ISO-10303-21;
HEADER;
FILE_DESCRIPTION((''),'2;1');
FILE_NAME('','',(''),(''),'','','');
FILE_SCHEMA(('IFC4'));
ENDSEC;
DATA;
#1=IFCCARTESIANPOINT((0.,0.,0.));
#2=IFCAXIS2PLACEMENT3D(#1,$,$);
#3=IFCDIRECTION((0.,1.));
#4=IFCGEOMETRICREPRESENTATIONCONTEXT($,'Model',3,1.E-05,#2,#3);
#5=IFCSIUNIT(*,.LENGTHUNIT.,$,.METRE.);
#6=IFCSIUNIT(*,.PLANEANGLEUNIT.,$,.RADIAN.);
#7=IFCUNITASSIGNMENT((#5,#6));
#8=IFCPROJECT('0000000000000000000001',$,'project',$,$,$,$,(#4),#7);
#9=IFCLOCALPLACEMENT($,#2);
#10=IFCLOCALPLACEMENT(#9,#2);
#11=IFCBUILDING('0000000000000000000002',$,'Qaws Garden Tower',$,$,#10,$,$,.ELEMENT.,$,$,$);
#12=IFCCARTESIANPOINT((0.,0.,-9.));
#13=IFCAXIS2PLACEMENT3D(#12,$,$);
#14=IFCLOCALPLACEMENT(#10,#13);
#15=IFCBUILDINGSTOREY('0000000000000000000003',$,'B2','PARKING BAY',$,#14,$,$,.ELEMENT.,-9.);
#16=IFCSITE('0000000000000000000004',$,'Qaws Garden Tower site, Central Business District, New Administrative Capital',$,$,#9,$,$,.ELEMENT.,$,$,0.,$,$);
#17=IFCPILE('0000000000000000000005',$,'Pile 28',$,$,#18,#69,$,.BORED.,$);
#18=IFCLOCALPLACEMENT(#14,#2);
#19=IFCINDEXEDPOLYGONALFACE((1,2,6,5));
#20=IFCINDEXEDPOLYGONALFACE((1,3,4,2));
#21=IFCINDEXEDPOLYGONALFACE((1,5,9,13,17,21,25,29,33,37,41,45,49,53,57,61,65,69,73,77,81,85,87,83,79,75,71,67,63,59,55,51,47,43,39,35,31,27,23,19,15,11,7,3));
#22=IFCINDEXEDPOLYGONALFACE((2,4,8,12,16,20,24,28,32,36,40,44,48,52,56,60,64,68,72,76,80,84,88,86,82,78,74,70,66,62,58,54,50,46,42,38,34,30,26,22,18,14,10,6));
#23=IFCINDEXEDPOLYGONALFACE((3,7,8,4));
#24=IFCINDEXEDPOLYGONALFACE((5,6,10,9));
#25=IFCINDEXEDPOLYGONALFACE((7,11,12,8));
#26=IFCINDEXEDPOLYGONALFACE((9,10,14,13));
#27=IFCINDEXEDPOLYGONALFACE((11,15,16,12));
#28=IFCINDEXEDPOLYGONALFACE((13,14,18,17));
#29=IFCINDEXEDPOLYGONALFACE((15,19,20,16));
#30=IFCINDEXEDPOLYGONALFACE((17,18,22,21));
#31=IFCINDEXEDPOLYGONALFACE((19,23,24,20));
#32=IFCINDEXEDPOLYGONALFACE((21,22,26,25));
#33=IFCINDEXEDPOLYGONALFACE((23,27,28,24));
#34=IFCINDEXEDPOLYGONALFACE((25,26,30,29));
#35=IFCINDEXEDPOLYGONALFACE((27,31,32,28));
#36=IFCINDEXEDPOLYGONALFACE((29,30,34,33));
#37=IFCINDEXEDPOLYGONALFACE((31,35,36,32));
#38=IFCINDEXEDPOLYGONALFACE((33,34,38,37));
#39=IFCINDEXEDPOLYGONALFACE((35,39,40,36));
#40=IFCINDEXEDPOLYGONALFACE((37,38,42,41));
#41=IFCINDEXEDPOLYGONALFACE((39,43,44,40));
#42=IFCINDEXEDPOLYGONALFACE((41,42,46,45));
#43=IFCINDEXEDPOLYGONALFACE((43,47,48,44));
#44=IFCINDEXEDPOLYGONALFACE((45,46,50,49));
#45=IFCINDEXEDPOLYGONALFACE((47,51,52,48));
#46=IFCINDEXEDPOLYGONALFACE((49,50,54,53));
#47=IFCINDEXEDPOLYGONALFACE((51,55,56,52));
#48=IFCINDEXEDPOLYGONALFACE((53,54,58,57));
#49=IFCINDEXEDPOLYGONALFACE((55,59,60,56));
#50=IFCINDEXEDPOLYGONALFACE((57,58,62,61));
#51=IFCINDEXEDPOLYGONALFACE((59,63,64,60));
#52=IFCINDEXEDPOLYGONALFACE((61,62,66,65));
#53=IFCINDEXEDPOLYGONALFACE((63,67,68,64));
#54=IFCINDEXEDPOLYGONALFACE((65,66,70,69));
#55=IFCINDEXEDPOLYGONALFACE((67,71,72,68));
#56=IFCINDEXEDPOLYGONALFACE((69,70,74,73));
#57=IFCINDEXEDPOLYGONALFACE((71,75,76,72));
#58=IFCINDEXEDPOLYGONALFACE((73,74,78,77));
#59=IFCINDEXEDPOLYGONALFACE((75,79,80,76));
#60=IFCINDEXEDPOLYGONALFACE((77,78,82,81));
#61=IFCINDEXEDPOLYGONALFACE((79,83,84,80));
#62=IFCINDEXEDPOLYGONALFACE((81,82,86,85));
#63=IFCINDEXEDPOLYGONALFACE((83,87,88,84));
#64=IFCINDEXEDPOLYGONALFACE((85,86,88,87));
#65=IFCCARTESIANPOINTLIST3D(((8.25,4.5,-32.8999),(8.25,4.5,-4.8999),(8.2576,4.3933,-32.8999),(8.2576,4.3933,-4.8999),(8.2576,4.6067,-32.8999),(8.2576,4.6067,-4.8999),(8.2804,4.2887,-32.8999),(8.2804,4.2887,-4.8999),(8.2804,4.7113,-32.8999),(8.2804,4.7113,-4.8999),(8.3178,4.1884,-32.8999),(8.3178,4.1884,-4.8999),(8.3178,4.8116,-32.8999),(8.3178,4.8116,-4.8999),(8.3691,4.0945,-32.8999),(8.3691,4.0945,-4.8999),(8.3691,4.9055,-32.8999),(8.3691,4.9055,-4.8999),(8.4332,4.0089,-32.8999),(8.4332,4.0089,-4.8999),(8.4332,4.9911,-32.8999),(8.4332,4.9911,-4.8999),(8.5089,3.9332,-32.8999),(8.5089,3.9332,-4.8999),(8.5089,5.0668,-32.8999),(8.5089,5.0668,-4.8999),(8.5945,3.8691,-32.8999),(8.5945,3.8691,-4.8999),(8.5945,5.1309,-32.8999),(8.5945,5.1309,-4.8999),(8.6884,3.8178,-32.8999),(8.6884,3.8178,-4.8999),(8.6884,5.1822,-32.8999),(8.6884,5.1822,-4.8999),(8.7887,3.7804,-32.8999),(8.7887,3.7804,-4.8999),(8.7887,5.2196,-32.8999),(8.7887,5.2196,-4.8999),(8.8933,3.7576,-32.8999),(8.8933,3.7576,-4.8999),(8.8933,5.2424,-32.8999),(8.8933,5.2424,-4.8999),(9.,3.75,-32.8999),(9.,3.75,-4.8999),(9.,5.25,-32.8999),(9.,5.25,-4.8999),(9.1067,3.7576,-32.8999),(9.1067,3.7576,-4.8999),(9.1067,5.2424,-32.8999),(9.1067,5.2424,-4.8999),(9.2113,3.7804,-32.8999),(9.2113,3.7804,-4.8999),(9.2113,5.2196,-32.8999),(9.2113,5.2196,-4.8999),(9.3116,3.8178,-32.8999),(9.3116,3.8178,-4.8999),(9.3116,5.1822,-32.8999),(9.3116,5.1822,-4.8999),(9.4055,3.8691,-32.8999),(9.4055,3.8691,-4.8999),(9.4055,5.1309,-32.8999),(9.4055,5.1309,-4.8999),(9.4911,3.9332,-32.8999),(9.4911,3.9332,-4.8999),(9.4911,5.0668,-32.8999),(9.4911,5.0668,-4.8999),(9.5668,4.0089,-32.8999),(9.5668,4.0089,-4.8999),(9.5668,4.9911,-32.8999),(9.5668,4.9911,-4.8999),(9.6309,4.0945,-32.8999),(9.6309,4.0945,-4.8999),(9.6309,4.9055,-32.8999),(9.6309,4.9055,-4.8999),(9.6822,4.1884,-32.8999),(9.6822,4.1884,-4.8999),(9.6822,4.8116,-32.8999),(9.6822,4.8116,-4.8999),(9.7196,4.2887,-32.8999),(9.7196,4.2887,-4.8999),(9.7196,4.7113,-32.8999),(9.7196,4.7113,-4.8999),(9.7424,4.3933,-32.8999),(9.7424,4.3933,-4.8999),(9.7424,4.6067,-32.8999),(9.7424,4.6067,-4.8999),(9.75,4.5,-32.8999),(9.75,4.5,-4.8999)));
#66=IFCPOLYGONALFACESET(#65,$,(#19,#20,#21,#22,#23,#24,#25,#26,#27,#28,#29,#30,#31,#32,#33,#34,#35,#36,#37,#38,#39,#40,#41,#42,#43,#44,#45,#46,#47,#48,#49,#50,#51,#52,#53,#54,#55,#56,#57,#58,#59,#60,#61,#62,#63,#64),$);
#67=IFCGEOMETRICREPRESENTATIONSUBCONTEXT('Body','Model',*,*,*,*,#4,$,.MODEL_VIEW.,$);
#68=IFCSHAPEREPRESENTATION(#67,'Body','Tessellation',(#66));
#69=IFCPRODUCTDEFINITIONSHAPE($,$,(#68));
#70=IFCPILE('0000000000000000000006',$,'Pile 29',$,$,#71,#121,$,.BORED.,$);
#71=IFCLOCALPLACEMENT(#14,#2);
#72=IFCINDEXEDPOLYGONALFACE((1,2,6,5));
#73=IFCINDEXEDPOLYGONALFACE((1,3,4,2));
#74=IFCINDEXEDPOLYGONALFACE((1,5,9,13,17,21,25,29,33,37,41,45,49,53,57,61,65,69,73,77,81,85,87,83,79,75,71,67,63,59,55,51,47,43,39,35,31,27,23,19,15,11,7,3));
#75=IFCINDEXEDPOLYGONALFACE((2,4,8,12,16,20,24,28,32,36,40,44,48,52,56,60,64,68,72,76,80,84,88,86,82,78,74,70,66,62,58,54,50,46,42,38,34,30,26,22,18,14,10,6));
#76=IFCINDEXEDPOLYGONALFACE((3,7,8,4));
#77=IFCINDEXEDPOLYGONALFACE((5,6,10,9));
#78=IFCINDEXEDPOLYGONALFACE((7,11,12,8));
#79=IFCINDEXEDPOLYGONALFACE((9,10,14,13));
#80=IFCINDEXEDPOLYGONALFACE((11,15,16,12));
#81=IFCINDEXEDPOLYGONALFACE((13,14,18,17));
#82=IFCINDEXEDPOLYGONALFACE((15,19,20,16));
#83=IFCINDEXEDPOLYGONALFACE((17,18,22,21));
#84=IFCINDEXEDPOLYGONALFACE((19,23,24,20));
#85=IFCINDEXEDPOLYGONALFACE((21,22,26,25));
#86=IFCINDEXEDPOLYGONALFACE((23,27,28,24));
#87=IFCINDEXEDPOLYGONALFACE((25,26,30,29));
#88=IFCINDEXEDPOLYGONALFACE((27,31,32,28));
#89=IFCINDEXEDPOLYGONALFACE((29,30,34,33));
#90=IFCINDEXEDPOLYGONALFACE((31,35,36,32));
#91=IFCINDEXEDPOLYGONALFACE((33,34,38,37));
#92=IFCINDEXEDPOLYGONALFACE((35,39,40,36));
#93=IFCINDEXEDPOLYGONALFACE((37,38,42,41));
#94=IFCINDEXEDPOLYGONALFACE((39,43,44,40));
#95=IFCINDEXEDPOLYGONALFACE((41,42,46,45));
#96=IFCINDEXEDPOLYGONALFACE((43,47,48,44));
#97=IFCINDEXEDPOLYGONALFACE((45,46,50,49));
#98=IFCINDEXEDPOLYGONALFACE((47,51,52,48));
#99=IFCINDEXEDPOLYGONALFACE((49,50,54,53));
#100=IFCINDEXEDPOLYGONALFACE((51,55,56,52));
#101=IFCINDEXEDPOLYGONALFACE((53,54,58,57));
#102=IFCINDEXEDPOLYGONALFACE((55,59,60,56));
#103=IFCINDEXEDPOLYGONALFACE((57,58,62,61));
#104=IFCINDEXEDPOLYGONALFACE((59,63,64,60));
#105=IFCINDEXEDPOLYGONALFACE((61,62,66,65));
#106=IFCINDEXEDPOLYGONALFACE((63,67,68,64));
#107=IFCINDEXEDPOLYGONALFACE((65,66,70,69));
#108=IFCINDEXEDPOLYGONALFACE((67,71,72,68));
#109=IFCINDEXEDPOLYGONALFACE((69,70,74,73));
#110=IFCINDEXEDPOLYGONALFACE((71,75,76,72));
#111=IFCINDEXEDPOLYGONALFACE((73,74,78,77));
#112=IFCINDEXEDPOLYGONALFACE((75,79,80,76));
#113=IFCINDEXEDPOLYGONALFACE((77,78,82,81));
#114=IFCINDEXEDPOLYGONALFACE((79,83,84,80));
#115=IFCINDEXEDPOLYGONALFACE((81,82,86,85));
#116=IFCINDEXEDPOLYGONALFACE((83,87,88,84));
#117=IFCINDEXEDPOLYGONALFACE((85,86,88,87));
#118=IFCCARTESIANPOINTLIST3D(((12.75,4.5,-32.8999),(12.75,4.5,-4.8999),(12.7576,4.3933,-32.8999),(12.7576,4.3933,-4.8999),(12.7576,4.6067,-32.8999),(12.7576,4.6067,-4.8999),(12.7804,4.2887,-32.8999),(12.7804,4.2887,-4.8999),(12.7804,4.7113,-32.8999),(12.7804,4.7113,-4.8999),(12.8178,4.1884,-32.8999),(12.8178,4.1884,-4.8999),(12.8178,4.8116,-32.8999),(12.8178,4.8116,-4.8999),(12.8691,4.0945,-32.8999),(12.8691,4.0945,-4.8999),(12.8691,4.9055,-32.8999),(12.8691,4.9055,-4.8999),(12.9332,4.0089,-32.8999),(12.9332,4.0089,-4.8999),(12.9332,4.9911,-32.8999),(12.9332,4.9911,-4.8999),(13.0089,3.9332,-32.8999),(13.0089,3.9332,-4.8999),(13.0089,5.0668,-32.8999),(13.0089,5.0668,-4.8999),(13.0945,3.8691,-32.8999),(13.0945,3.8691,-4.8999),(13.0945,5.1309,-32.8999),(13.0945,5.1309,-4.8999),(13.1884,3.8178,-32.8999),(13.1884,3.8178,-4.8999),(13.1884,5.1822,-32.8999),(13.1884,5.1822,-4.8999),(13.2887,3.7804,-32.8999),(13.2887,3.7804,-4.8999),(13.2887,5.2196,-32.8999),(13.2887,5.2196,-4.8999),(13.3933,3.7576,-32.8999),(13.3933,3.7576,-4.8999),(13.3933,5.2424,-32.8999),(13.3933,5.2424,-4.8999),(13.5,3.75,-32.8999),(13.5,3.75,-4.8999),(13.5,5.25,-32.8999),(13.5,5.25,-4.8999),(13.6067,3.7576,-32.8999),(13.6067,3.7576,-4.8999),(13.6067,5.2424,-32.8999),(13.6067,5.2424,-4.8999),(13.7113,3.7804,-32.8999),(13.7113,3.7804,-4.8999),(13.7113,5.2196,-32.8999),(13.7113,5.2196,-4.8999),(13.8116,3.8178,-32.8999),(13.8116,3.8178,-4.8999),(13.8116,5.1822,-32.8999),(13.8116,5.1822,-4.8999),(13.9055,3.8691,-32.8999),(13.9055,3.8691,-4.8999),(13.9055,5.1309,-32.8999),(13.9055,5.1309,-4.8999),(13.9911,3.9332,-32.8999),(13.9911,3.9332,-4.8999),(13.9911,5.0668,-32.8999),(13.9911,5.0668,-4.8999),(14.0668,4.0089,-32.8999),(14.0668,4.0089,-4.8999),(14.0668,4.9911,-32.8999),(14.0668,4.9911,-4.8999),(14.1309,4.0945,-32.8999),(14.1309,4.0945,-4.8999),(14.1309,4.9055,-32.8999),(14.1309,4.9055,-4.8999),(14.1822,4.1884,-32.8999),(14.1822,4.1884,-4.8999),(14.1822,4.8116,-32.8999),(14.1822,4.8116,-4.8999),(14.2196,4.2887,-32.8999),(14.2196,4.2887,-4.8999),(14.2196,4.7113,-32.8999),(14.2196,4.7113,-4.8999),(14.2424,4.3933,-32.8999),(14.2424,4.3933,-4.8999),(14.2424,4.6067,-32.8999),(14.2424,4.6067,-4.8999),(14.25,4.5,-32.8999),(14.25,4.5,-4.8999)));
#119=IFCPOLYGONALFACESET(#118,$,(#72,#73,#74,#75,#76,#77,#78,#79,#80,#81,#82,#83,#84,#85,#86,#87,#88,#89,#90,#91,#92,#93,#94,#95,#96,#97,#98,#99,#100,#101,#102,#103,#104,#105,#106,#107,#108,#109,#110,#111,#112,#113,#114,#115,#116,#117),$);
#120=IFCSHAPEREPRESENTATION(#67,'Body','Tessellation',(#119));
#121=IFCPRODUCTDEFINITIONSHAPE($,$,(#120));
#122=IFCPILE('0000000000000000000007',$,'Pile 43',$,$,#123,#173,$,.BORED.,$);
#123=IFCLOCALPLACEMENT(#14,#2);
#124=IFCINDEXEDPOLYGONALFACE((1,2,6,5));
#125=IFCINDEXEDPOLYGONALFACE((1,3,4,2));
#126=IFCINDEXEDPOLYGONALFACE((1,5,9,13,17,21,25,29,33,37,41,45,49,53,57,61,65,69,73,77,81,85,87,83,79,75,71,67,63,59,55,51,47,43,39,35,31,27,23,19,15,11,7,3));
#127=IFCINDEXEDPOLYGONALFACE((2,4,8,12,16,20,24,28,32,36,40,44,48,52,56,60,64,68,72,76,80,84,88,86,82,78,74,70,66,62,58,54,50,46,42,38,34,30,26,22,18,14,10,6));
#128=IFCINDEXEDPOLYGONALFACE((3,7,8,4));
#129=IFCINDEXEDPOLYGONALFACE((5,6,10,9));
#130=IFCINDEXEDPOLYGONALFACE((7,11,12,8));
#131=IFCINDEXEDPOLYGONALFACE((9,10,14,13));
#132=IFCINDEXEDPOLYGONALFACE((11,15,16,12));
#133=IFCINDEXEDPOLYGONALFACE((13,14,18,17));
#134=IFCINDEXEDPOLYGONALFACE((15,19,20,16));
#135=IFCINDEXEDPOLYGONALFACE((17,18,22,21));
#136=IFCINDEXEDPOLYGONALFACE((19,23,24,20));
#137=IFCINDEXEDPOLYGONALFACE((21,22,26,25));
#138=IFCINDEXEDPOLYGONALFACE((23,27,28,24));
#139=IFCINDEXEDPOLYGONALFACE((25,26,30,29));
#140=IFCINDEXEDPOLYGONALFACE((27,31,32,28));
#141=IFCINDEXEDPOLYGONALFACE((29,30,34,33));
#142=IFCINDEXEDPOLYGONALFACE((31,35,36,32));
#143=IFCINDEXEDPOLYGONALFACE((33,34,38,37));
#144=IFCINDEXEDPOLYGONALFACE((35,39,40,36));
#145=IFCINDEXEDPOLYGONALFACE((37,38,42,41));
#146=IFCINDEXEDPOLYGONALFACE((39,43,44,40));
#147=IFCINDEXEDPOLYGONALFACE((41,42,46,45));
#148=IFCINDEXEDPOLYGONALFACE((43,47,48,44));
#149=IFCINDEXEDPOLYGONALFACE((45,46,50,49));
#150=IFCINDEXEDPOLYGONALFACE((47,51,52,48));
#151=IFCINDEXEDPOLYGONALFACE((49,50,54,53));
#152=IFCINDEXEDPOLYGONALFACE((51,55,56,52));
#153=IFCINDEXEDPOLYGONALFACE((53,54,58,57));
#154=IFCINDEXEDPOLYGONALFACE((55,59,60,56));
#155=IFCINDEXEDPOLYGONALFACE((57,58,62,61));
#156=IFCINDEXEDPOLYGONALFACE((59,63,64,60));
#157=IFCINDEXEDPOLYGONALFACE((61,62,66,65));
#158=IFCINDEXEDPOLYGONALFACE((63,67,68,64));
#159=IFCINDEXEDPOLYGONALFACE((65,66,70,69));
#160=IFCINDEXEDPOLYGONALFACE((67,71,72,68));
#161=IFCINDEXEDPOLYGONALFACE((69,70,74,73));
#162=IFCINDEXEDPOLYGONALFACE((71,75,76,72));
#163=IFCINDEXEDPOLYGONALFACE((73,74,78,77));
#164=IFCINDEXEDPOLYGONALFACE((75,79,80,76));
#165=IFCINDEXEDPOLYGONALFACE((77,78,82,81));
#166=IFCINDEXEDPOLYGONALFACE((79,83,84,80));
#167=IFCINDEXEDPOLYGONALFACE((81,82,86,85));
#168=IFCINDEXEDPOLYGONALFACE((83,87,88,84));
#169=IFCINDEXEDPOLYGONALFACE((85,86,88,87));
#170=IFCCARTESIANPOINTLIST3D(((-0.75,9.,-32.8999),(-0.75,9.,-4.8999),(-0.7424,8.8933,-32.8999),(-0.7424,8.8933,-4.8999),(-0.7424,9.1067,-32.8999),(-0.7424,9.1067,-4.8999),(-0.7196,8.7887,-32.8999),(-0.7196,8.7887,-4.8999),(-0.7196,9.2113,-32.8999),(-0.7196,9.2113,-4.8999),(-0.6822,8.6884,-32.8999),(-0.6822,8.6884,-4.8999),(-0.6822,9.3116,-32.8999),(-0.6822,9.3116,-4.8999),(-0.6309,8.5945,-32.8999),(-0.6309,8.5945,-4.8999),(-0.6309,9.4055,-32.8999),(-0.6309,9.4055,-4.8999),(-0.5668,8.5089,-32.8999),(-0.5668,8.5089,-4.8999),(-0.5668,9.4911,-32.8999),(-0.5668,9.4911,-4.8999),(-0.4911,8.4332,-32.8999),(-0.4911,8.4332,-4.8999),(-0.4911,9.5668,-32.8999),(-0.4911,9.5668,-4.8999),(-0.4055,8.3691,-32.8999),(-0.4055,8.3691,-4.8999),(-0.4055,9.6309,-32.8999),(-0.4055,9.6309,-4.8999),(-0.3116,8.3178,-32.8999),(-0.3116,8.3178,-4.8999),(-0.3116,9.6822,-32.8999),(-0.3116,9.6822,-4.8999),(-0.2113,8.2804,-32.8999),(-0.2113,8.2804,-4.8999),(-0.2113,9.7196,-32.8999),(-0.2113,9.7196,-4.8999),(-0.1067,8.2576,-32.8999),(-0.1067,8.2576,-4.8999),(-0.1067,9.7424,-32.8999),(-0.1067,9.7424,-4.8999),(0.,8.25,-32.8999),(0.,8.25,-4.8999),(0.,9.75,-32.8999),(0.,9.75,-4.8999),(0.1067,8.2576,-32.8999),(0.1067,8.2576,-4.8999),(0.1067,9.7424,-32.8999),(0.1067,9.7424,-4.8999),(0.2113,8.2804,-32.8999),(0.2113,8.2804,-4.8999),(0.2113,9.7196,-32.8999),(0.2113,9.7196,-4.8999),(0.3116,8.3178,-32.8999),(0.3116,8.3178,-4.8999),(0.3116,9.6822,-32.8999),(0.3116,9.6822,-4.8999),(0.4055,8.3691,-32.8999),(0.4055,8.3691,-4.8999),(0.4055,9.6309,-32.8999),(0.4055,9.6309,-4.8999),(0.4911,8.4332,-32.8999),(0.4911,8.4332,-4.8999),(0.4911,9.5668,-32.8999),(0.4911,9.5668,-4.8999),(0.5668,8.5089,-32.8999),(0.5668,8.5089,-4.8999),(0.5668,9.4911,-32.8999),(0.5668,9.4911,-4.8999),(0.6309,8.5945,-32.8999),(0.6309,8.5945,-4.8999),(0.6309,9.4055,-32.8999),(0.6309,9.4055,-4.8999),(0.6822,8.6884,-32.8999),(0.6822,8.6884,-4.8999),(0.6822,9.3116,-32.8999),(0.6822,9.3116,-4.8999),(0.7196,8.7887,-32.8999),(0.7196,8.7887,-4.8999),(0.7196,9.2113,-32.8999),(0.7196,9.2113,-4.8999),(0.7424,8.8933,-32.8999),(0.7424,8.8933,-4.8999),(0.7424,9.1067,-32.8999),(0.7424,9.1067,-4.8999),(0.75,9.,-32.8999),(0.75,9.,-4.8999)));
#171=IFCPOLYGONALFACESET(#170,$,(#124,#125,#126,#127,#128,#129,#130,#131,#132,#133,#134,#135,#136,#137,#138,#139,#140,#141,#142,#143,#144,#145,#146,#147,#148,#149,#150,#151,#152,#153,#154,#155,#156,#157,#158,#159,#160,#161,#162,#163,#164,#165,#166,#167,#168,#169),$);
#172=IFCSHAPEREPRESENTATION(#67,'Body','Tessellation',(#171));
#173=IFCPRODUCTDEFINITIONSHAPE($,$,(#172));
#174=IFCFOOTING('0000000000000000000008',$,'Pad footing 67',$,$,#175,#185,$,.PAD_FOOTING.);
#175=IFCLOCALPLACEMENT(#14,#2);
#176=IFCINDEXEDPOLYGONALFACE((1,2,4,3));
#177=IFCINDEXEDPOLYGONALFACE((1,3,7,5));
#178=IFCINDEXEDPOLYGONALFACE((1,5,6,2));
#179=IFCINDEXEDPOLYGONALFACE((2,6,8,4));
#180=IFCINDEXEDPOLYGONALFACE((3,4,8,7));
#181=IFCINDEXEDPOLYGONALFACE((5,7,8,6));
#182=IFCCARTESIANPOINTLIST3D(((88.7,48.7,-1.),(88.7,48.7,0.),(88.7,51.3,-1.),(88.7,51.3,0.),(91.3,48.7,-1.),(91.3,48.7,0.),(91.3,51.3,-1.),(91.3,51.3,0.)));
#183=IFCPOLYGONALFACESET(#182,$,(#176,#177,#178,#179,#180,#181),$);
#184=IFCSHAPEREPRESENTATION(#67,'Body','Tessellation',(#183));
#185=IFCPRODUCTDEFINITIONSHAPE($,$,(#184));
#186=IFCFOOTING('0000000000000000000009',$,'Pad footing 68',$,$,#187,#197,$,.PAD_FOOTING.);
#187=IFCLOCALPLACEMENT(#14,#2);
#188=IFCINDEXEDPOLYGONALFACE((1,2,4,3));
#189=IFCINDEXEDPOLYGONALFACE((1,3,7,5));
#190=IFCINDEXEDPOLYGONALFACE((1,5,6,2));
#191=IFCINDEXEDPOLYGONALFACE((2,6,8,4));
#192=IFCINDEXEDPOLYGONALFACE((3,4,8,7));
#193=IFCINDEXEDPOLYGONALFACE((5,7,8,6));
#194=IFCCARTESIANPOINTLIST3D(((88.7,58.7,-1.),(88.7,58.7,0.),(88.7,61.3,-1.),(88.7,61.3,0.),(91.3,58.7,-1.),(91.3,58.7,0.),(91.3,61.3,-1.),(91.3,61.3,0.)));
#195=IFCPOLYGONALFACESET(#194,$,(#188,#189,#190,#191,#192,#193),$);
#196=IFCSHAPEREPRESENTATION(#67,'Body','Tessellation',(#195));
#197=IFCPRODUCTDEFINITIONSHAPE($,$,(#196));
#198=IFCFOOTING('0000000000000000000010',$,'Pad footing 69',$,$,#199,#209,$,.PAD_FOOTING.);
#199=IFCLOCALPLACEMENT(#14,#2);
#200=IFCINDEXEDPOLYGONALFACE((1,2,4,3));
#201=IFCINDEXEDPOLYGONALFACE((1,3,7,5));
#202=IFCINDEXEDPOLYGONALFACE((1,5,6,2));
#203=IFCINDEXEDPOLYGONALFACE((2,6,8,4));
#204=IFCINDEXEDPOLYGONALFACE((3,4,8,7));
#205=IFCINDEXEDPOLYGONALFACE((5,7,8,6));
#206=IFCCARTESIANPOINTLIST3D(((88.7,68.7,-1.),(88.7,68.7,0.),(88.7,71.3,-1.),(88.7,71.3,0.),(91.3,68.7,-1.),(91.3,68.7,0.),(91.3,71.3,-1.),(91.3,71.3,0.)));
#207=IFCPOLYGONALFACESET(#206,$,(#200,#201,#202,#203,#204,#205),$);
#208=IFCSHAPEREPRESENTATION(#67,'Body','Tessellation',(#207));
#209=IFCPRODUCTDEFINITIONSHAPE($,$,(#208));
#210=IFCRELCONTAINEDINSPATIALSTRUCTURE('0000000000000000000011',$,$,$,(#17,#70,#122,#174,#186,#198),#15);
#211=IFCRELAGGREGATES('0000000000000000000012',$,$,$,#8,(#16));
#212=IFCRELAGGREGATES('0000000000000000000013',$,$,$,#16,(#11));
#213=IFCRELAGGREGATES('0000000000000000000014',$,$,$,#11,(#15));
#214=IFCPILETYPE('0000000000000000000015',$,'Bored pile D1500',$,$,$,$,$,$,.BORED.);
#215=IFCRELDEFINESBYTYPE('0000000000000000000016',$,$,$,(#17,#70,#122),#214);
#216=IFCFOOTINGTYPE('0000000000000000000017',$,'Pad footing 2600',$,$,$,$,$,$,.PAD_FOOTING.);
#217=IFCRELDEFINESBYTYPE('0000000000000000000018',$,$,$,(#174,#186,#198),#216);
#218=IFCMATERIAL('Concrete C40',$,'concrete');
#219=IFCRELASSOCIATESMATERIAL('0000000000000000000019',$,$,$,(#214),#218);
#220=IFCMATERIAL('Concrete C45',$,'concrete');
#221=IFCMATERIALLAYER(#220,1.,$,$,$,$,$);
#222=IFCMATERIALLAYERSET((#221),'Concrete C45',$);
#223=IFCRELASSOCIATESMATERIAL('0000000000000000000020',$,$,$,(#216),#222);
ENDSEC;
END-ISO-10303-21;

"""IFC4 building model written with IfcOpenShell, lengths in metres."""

from ifc_helpers import new_model, si_unit, direction, frame, origin, origin_2d, place, context, subcontext, project, spatial, polyline, circle, outline, extrude, material, layer, layer_set, material_profile, profile_set, type_object, element, save


model = new_model("IFC4")

# Units and contexts
model_context = context("Model", 3, precision=1e-05, world=origin(), true_north=direction((0.0, 1.0)))
body_context = subcontext(model_context, "Body", "Model", "MODEL_VIEW")
ifc_project = project(units=[si_unit("LENGTHUNIT", "METRE"), si_unit("PLANEANGLEUNIT", "RADIAN")], contexts=[model_context])

# Site, building, storey
site_placement = place(None, origin())
site = spatial("IfcSite", under=ifc_project, at=site_placement, Name="Qaws Garden Tower site, Central Business District, New Administrative Capital", CompositionType="ELEMENT", RefElevation=0.0)
building_placement = place(site_placement, origin())
building = spatial("IfcBuilding", under=site, at=building_placement, Name="Qaws Garden Tower", CompositionType="ELEMENT")
storey_placement = place(building_placement, frame((0.0, 0.0, -9.0)))
storey = spatial("IfcBuildingStorey", under=building, at=storey_placement, Name="B2", Description="PARKING BAY", CompositionType="ELEMENT", Elevation=-9.0)

# Piles
ifc_material_1 = material(Name="Concrete C40", Category="concrete")
ifc_material_profile_1 = material_profile(ifc_material_1, circle(Radius=0.75, at=origin_2d()), Name="Bored pile D1500")
ifc_profile_set_1 = profile_set([ifc_material_profile_1], Name="Concrete C40")
pile_type = type_object("IfcPileType", Name="Bored pile D1500", PredefinedType="BORED", material=ifc_profile_set_1)
for number, where, z_axis, x_axis, name in (
    (1, (9.0, 4.5, -4.8999), (0.0, 0.0, -1.0), (1.0, 0.0, 0.0), "Pile 28"),
    (2, (13.5, 4.5, -4.8999), (0.0, 0.0, -1.0), (1.0, 0.0, 0.0), "Pile 29"),
    (3, (0.0, 9.0, -4.8999), (0.0, 0.0, -1.0), (1.0, 0.0, 0.0), "Pile 43"),
):
    element("IfcPile", number, at=place(storey_placement, frame(where, z_axis=z_axis, x_axis=x_axis)), inside=storey, type_object=pile_type, Name=name, PredefinedType="BORED", context=body_context, shape_type="SweptSolid", body=[
        extrude(circle(Radius=0.75, at=origin_2d()), origin(), (0.0, 0.0, 1.0), 28.0),
    ])

# Footings
ifc_material_2 = material(Name="Concrete C45", Category="concrete")
ifc_layer_1 = layer(ifc_material_2, 1.0)
ifc_layer_set_1 = layer_set([ifc_layer_1], Name="Concrete C45")
footing_type = type_object("IfcFootingType", Name="Pad footing 2600", PredefinedType="PAD_FOOTING", material=ifc_layer_set_1)
placement_1 = place(storey_placement, frame((0.0, 0.0, -1.0)))
element("IfcFooting", 4, at=placement_1, inside=storey, type_object=footing_type, Name="Pad footing 67", PredefinedType="PAD_FOOTING", context=body_context, shape_type="SweptSolid", body=[
    extrude(outline(polyline([(88.7, 48.7), (91.3, 48.7), (91.3, 51.3), (88.7, 51.3), (88.7, 48.7)])), origin(), (0.0, 0.0, 1.0), 1.0),
])
element("IfcFooting", 5, at=placement_1, inside=storey, type_object=footing_type, Name="Pad footing 68", PredefinedType="PAD_FOOTING", context=body_context, shape_type="SweptSolid", body=[
    extrude(outline(polyline([(88.7, 58.7), (91.3, 58.7), (91.3, 61.3), (88.7, 61.3), (88.7, 58.7)])), origin(), (0.0, 0.0, 1.0), 1.0),
])
element("IfcFooting", 6, at=placement_1, inside=storey, type_object=footing_type, Name="Pad footing 69", PredefinedType="PAD_FOOTING", context=body_context, shape_type="SweptSolid", body=[
    extrude(outline(polyline([(88.7, 68.7), (91.3, 68.7), (91.3, 71.3), (88.7, 71.3), (88.7, 68.7)])), origin(), (0.0, 0.0, 1.0), 1.0),
])

save(model, "model.ifc")
